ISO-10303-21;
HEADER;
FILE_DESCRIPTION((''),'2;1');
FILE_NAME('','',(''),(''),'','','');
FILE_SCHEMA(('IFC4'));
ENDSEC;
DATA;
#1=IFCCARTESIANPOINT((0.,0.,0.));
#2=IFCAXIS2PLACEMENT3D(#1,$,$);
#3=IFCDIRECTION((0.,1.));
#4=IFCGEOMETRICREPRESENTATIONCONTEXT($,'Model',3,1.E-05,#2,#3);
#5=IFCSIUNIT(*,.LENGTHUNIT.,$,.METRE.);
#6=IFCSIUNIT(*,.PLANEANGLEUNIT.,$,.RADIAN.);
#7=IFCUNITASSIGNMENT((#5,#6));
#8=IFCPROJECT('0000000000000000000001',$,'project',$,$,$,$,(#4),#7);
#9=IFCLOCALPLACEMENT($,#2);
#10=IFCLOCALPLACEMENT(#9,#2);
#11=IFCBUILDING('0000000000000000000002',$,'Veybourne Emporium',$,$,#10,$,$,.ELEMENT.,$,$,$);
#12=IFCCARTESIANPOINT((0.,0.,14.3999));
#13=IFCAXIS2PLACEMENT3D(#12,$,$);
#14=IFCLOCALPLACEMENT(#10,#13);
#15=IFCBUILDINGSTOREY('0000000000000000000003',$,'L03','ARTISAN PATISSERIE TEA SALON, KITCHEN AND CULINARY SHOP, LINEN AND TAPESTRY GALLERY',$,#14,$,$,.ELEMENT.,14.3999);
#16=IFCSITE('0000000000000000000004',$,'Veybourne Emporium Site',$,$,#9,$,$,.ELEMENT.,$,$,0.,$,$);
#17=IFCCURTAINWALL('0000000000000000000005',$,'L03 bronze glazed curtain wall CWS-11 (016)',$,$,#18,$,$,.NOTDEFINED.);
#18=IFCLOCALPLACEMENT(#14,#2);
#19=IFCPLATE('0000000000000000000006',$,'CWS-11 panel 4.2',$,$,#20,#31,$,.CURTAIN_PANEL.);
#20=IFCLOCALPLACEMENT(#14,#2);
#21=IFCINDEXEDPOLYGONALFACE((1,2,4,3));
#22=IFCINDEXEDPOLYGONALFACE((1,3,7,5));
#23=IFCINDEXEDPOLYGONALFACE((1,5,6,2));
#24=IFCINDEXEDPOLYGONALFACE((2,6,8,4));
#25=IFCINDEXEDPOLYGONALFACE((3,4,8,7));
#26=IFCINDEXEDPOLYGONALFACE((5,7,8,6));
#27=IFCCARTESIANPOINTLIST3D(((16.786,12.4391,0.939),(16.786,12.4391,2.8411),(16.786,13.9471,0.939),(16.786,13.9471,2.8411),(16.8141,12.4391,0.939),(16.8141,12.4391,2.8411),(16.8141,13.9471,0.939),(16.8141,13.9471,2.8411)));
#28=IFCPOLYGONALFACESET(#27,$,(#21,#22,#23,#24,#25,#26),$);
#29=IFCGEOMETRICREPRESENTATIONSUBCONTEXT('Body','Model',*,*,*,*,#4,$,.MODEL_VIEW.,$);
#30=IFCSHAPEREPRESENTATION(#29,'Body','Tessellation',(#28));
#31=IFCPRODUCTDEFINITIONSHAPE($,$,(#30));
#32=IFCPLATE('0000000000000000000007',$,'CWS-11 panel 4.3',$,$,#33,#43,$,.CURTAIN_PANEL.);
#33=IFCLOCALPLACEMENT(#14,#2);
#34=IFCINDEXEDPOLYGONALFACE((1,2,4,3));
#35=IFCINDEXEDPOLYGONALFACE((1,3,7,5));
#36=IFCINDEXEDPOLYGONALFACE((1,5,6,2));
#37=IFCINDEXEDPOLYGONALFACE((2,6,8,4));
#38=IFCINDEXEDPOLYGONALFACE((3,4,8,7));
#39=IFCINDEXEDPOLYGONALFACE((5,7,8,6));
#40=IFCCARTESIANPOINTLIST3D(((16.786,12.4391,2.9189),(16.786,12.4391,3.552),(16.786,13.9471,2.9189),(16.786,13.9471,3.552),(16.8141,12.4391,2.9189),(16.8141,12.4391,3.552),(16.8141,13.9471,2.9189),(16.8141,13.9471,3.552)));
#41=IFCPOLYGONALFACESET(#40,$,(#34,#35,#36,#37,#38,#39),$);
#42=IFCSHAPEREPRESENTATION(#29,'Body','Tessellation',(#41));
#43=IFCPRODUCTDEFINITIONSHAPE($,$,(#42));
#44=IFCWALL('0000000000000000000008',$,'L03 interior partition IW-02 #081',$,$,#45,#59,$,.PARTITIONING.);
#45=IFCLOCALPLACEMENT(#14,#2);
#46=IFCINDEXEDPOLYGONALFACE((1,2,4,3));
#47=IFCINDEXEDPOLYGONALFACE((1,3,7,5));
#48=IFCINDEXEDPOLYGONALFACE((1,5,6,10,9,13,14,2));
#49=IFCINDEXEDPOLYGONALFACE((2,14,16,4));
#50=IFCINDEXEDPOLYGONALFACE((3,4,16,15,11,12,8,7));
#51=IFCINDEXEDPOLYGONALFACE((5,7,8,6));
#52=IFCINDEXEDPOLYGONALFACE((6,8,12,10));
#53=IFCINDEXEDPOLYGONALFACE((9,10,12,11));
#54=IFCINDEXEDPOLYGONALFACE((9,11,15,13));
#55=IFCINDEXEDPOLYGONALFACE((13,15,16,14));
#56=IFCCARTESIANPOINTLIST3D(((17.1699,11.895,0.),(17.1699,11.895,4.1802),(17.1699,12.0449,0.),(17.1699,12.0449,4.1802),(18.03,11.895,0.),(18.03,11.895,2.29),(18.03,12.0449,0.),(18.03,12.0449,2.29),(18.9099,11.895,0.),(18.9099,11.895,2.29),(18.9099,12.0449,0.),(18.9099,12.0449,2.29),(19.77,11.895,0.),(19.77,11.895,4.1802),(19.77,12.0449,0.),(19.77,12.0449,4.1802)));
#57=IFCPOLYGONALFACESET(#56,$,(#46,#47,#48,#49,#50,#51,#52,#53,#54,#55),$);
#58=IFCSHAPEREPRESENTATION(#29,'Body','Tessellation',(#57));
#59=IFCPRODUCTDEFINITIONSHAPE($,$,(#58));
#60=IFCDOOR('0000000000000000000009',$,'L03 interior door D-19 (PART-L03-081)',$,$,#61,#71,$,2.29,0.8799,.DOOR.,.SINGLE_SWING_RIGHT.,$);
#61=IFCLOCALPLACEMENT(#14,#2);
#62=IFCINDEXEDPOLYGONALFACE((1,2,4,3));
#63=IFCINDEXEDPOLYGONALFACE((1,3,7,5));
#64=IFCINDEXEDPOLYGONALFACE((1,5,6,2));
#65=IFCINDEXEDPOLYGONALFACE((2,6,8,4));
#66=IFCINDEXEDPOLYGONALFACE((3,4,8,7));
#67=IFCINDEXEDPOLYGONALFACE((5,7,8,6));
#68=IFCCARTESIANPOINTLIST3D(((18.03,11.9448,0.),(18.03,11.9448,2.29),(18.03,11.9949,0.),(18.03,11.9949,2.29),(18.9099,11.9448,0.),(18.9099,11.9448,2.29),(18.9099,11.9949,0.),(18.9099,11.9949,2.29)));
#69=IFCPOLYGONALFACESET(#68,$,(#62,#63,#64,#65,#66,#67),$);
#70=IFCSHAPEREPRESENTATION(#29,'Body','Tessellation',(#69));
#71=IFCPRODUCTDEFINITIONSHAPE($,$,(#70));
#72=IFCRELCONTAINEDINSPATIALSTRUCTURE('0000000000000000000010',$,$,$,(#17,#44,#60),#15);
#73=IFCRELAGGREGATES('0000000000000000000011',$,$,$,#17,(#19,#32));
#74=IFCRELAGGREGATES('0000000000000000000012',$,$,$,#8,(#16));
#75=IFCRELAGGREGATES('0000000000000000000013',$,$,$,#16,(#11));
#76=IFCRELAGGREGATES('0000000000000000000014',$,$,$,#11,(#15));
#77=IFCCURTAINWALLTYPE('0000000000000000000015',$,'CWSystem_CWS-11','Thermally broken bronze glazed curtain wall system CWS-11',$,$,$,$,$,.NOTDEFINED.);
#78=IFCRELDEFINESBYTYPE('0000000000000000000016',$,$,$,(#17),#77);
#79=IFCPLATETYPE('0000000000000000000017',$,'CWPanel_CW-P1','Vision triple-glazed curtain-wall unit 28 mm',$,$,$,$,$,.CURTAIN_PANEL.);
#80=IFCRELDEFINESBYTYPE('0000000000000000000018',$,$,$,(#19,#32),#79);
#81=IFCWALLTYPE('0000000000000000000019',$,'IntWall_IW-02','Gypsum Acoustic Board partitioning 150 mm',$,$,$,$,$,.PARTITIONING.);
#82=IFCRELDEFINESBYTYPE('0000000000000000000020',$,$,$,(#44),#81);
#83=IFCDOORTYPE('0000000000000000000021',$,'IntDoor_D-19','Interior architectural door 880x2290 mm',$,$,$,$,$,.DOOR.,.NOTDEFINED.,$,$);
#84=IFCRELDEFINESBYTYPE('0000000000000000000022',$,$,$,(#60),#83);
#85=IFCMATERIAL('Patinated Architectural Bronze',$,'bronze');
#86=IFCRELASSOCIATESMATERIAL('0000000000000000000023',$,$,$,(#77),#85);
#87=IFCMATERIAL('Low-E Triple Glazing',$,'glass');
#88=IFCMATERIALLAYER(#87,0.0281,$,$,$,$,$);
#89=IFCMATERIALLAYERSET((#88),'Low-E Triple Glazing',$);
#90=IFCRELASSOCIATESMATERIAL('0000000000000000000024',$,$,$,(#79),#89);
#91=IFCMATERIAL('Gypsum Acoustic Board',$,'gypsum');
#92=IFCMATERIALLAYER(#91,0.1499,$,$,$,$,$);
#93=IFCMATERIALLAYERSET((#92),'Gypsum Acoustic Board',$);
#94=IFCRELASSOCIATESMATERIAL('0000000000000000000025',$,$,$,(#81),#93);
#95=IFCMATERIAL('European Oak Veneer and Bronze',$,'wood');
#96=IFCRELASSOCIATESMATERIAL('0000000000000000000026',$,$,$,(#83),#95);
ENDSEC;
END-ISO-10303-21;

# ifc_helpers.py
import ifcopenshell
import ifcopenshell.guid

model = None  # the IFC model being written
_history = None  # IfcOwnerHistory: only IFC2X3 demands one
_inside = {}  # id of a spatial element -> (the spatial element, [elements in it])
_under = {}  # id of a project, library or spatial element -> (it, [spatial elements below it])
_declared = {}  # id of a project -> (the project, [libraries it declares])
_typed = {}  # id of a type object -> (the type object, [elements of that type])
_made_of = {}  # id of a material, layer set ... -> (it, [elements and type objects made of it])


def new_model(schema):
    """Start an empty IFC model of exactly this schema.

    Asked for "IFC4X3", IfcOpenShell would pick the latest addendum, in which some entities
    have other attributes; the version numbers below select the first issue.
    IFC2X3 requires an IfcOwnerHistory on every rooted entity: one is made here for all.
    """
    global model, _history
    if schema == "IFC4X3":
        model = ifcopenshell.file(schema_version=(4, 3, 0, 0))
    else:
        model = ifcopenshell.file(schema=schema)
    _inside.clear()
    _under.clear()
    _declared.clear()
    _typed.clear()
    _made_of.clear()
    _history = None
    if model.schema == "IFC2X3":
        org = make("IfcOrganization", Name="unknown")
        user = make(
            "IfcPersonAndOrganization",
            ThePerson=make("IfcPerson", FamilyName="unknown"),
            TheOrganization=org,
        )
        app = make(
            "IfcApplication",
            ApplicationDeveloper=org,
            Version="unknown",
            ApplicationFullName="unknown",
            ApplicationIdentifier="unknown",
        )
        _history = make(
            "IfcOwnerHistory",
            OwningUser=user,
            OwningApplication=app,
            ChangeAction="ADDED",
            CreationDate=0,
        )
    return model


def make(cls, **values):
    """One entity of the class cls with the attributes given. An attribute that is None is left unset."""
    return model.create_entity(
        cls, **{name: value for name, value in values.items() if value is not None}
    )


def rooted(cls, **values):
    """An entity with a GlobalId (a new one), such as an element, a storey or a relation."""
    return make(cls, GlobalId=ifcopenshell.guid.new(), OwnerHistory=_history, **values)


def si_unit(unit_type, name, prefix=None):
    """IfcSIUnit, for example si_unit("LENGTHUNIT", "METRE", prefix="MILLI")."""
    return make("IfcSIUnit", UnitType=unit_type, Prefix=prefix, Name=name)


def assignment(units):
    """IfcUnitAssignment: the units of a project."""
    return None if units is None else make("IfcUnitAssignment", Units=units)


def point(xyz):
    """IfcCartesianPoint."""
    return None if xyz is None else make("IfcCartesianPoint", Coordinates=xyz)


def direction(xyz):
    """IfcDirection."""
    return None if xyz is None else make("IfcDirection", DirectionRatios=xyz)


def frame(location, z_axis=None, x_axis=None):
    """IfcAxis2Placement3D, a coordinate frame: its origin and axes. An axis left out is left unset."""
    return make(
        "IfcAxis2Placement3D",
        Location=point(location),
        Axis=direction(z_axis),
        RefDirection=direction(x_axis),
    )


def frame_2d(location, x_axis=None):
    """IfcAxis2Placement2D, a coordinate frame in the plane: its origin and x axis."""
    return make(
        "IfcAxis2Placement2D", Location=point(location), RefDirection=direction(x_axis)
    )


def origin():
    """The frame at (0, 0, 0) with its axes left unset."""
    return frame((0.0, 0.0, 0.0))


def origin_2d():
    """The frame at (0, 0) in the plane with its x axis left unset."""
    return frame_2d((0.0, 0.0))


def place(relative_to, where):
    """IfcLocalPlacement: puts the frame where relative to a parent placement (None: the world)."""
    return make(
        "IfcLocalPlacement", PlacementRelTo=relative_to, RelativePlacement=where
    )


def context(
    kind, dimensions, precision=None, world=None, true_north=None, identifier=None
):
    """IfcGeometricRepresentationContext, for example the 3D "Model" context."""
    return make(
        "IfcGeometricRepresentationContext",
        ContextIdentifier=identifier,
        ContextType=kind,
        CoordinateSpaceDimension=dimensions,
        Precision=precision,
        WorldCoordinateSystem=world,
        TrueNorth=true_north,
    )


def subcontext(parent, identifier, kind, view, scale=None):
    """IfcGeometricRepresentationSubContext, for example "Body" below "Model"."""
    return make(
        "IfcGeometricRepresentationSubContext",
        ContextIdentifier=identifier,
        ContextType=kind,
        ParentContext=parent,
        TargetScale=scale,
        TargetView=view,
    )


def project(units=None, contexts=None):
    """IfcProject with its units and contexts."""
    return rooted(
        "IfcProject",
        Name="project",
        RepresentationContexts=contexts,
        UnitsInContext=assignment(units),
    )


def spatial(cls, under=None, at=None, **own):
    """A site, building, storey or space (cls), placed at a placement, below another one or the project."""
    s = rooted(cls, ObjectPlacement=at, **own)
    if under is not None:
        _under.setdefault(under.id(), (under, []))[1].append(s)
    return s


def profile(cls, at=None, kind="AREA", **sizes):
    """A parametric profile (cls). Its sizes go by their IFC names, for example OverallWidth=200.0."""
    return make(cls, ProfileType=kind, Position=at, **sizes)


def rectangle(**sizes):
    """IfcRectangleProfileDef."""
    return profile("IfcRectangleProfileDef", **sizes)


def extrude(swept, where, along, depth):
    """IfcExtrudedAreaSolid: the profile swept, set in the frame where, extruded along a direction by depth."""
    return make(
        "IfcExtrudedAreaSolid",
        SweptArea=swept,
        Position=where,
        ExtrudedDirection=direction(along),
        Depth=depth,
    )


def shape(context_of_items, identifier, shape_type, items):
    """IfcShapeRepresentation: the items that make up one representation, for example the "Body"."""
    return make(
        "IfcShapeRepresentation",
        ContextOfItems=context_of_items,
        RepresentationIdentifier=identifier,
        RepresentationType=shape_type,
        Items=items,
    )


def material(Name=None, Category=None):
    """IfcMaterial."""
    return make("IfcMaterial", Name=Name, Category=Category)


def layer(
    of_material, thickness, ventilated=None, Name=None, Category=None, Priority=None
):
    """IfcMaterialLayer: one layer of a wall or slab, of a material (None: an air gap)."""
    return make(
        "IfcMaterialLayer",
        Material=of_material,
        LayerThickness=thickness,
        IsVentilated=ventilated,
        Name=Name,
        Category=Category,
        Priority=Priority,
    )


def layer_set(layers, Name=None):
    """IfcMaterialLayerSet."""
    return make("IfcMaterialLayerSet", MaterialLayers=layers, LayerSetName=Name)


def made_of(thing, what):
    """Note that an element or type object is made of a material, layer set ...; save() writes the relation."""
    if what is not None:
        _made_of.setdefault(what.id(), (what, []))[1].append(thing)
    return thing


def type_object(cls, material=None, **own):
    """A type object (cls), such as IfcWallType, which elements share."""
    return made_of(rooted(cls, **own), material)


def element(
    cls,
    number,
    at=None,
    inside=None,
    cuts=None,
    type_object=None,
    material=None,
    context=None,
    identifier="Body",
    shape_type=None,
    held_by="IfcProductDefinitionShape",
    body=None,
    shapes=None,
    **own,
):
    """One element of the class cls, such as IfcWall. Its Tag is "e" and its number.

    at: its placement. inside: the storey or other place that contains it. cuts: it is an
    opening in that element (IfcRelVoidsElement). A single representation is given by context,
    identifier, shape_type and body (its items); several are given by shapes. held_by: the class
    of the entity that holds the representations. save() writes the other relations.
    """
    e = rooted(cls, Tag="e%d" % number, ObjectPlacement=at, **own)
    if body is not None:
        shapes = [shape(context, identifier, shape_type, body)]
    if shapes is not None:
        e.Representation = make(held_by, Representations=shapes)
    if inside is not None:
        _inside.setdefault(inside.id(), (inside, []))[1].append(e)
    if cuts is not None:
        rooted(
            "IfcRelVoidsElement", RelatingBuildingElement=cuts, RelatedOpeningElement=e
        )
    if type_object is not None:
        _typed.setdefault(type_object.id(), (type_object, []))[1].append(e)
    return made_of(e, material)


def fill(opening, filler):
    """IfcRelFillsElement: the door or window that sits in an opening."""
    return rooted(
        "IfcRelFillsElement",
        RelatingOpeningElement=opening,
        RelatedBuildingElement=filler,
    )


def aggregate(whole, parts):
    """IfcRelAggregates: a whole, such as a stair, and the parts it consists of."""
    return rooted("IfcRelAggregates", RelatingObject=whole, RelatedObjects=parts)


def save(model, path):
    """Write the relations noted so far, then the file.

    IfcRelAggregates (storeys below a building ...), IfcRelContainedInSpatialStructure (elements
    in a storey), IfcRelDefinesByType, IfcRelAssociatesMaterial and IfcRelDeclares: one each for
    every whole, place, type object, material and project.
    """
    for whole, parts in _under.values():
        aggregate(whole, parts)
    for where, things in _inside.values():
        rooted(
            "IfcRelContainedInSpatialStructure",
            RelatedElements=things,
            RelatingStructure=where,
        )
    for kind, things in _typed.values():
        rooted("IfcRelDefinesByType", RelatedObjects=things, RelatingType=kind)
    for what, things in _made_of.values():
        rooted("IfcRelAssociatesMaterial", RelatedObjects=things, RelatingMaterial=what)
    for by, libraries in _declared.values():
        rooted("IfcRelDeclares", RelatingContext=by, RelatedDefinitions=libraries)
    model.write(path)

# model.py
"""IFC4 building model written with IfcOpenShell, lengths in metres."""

from ifc_helpers import new_model, si_unit, direction, frame, frame_2d, origin, origin_2d, place, context, subcontext, project, spatial, rectangle, extrude, material, layer, layer_set, type_object, element, fill, aggregate, save


model = new_model("IFC4")

# Units and contexts
model_context = context("Model", 3, precision=1e-05, world=origin(), true_north=direction((0.0, 1.0)))
body_context = subcontext(model_context, "Body", "Model", "MODEL_VIEW")
ifc_project = project(units=[si_unit("LENGTHUNIT", "METRE"), si_unit("PLANEANGLEUNIT", "RADIAN")], contexts=[model_context])

# Site, building, storey
site_placement = place(None, origin())
site = spatial("IfcSite", under=ifc_project, at=site_placement, Name="Veybourne Emporium Site", CompositionType="ELEMENT", RefElevation=0.0)
building_placement = place(site_placement, origin())
building = spatial("IfcBuilding", under=site, at=building_placement, Name="Veybourne Emporium", CompositionType="ELEMENT")
storey_placement = place(building_placement, frame((0.0, 0.0, 14.3999)))
storey = spatial("IfcBuildingStorey", under=building, at=storey_placement, Name="L03", Description="ARTISAN PATISSERIE TEA SALON, KITCHEN AND CULINARY SHOP, LINEN AND TAPESTRY GALLERY", CompositionType="ELEMENT", Elevation=14.3999)

# Curtain wall, plates
ifc_material_1 = material(Name="Patinated Architectural Bronze", Category="bronze")
curtain_wall_type = type_object("IfcCurtainWallType", Name="CWSystem_CWS-11", Description="Thermally broken bronze glazed curtain wall system CWS-11", PredefinedType="NOTDEFINED", material=ifc_material_1)
curtain_wall_placement = place(storey_placement, origin())
curtain_wall = element("IfcCurtainWall", 1, at=curtain_wall_placement, inside=storey, type_object=curtain_wall_type, Name="L03 bronze glazed curtain wall CWS-11 (016)", PredefinedType="NOTDEFINED")
ifc_material_2 = material(Name="Low-E Triple Glazing", Category="glass")
ifc_layer_1 = layer(ifc_material_2, 0.0281)
ifc_layer_set_1 = layer_set([ifc_layer_1], Name="Low-E Triple Glazing")
plate_type = type_object("IfcPlateType", Name="CWPanel_CW-P1", Description="Vision triple-glazed curtain-wall unit 28 mm", PredefinedType="CURTAIN_PANEL", material=ifc_layer_set_1)
plate_1_placement = place(storey_placement, frame((16.8, 13.1931, 0.939), z_axis=(0.0, 0.0, 1.0), x_axis=(0.0, 1.0, 0.0)))
plate_1 = element("IfcPlate", 2, at=plate_1_placement, type_object=plate_type, Name="CWS-11 panel 4.2", PredefinedType="CURTAIN_PANEL", context=body_context, shape_type="SweptSolid", body=[
    extrude(rectangle(XDim=1.5081, YDim=0.0281, at=origin_2d()), origin(), (0.0, 0.0, 1.0), 1.9021),
])
plate_2_placement = place(storey_placement, frame((16.8, 13.1931, 2.9189), z_axis=(0.0, 0.0, 1.0), x_axis=(0.0, 1.0, 0.0)))
plate_2 = element("IfcPlate", 3, at=plate_2_placement, type_object=plate_type, Name="CWS-11 panel 4.3", PredefinedType="CURTAIN_PANEL", context=body_context, shape_type="SweptSolid", body=[
    extrude(rectangle(XDim=1.5081, YDim=0.0281, at=origin_2d()), origin(), (0.0, 0.0, 1.0), 0.6331),
])
aggregate(curtain_wall, [plate_1, plate_2])

# Wall, opening, door
ifc_material_3 = material(Name="Gypsum Acoustic Board", Category="gypsum")
ifc_layer_2 = layer(ifc_material_3, 0.1499)
ifc_layer_set_2 = layer_set([ifc_layer_2], Name="Gypsum Acoustic Board")
wall_type = type_object("IfcWallType", Name="IntWall_IW-02", Description="Gypsum Acoustic Board partitioning 150 mm", PredefinedType="PARTITIONING", material=ifc_layer_set_2)
wall_placement = place(storey_placement, frame((17.1699, 11.97, 0.0), z_axis=(0.0, 0.0, 1.0), x_axis=(1.0, 0.0, 0.0)))
wall = element("IfcWall", 4, at=wall_placement, inside=storey, type_object=wall_type, Name="L03 interior partition IW-02 #081", PredefinedType="PARTITIONING", context=body_context, shape_type="SweptSolid", body=[
    extrude(rectangle(XDim=2.6001, YDim=0.1499, at=frame_2d((1.3, 0.0))), origin(), (0.0, 0.0, 1.0), 4.1802),
])
opening_placement = place(wall_placement, frame((0.8601, 0.0, 0.0)))
opening = element("IfcOpeningElement", 5, at=opening_placement, cuts=wall, PredefinedType="OPENING", context=body_context, shape_type="SweptSolid", body=[
    extrude(rectangle(XDim=0.8799, YDim=2.29, at=frame_2d((0.4399, 1.145))), frame((0.0, 0.095, 0.0), z_axis=(0.0, -1.0, 0.0), x_axis=(1.0, 0.0, 0.0)), (0.0, 0.0, 1.0), 0.1899),
])
ifc_material_4 = material(Name="European Oak Veneer and Bronze", Category="wood")
door_type = type_object("IfcDoorType", Name="IntDoor_D-19", Description="Interior architectural door 880x2290 mm", OperationType="NOTDEFINED", PredefinedType="DOOR", material=ifc_material_4)
door_placement = place(opening_placement, origin())
door = element("IfcDoor", 6, at=door_placement, inside=storey, type_object=door_type, Name="L03 interior door D-19 (PART-L03-081)", OperationType="SINGLE_SWING_RIGHT", OverallHeight=2.29, OverallWidth=0.8799, PredefinedType="DOOR", context=body_context, shape_type="SweptSolid", body=[
    extrude(rectangle(XDim=0.8799, YDim=2.29, at=frame_2d((0.4399, 1.145))), frame((0.0, 0.0249, 0.0), z_axis=(0.0, -1.0, 0.0), x_axis=(1.0, 0.0, 0.0)), (0.0, 0.0, 1.0), 0.05),
])
fill(opening, door)

save(model, "model.ifc")
